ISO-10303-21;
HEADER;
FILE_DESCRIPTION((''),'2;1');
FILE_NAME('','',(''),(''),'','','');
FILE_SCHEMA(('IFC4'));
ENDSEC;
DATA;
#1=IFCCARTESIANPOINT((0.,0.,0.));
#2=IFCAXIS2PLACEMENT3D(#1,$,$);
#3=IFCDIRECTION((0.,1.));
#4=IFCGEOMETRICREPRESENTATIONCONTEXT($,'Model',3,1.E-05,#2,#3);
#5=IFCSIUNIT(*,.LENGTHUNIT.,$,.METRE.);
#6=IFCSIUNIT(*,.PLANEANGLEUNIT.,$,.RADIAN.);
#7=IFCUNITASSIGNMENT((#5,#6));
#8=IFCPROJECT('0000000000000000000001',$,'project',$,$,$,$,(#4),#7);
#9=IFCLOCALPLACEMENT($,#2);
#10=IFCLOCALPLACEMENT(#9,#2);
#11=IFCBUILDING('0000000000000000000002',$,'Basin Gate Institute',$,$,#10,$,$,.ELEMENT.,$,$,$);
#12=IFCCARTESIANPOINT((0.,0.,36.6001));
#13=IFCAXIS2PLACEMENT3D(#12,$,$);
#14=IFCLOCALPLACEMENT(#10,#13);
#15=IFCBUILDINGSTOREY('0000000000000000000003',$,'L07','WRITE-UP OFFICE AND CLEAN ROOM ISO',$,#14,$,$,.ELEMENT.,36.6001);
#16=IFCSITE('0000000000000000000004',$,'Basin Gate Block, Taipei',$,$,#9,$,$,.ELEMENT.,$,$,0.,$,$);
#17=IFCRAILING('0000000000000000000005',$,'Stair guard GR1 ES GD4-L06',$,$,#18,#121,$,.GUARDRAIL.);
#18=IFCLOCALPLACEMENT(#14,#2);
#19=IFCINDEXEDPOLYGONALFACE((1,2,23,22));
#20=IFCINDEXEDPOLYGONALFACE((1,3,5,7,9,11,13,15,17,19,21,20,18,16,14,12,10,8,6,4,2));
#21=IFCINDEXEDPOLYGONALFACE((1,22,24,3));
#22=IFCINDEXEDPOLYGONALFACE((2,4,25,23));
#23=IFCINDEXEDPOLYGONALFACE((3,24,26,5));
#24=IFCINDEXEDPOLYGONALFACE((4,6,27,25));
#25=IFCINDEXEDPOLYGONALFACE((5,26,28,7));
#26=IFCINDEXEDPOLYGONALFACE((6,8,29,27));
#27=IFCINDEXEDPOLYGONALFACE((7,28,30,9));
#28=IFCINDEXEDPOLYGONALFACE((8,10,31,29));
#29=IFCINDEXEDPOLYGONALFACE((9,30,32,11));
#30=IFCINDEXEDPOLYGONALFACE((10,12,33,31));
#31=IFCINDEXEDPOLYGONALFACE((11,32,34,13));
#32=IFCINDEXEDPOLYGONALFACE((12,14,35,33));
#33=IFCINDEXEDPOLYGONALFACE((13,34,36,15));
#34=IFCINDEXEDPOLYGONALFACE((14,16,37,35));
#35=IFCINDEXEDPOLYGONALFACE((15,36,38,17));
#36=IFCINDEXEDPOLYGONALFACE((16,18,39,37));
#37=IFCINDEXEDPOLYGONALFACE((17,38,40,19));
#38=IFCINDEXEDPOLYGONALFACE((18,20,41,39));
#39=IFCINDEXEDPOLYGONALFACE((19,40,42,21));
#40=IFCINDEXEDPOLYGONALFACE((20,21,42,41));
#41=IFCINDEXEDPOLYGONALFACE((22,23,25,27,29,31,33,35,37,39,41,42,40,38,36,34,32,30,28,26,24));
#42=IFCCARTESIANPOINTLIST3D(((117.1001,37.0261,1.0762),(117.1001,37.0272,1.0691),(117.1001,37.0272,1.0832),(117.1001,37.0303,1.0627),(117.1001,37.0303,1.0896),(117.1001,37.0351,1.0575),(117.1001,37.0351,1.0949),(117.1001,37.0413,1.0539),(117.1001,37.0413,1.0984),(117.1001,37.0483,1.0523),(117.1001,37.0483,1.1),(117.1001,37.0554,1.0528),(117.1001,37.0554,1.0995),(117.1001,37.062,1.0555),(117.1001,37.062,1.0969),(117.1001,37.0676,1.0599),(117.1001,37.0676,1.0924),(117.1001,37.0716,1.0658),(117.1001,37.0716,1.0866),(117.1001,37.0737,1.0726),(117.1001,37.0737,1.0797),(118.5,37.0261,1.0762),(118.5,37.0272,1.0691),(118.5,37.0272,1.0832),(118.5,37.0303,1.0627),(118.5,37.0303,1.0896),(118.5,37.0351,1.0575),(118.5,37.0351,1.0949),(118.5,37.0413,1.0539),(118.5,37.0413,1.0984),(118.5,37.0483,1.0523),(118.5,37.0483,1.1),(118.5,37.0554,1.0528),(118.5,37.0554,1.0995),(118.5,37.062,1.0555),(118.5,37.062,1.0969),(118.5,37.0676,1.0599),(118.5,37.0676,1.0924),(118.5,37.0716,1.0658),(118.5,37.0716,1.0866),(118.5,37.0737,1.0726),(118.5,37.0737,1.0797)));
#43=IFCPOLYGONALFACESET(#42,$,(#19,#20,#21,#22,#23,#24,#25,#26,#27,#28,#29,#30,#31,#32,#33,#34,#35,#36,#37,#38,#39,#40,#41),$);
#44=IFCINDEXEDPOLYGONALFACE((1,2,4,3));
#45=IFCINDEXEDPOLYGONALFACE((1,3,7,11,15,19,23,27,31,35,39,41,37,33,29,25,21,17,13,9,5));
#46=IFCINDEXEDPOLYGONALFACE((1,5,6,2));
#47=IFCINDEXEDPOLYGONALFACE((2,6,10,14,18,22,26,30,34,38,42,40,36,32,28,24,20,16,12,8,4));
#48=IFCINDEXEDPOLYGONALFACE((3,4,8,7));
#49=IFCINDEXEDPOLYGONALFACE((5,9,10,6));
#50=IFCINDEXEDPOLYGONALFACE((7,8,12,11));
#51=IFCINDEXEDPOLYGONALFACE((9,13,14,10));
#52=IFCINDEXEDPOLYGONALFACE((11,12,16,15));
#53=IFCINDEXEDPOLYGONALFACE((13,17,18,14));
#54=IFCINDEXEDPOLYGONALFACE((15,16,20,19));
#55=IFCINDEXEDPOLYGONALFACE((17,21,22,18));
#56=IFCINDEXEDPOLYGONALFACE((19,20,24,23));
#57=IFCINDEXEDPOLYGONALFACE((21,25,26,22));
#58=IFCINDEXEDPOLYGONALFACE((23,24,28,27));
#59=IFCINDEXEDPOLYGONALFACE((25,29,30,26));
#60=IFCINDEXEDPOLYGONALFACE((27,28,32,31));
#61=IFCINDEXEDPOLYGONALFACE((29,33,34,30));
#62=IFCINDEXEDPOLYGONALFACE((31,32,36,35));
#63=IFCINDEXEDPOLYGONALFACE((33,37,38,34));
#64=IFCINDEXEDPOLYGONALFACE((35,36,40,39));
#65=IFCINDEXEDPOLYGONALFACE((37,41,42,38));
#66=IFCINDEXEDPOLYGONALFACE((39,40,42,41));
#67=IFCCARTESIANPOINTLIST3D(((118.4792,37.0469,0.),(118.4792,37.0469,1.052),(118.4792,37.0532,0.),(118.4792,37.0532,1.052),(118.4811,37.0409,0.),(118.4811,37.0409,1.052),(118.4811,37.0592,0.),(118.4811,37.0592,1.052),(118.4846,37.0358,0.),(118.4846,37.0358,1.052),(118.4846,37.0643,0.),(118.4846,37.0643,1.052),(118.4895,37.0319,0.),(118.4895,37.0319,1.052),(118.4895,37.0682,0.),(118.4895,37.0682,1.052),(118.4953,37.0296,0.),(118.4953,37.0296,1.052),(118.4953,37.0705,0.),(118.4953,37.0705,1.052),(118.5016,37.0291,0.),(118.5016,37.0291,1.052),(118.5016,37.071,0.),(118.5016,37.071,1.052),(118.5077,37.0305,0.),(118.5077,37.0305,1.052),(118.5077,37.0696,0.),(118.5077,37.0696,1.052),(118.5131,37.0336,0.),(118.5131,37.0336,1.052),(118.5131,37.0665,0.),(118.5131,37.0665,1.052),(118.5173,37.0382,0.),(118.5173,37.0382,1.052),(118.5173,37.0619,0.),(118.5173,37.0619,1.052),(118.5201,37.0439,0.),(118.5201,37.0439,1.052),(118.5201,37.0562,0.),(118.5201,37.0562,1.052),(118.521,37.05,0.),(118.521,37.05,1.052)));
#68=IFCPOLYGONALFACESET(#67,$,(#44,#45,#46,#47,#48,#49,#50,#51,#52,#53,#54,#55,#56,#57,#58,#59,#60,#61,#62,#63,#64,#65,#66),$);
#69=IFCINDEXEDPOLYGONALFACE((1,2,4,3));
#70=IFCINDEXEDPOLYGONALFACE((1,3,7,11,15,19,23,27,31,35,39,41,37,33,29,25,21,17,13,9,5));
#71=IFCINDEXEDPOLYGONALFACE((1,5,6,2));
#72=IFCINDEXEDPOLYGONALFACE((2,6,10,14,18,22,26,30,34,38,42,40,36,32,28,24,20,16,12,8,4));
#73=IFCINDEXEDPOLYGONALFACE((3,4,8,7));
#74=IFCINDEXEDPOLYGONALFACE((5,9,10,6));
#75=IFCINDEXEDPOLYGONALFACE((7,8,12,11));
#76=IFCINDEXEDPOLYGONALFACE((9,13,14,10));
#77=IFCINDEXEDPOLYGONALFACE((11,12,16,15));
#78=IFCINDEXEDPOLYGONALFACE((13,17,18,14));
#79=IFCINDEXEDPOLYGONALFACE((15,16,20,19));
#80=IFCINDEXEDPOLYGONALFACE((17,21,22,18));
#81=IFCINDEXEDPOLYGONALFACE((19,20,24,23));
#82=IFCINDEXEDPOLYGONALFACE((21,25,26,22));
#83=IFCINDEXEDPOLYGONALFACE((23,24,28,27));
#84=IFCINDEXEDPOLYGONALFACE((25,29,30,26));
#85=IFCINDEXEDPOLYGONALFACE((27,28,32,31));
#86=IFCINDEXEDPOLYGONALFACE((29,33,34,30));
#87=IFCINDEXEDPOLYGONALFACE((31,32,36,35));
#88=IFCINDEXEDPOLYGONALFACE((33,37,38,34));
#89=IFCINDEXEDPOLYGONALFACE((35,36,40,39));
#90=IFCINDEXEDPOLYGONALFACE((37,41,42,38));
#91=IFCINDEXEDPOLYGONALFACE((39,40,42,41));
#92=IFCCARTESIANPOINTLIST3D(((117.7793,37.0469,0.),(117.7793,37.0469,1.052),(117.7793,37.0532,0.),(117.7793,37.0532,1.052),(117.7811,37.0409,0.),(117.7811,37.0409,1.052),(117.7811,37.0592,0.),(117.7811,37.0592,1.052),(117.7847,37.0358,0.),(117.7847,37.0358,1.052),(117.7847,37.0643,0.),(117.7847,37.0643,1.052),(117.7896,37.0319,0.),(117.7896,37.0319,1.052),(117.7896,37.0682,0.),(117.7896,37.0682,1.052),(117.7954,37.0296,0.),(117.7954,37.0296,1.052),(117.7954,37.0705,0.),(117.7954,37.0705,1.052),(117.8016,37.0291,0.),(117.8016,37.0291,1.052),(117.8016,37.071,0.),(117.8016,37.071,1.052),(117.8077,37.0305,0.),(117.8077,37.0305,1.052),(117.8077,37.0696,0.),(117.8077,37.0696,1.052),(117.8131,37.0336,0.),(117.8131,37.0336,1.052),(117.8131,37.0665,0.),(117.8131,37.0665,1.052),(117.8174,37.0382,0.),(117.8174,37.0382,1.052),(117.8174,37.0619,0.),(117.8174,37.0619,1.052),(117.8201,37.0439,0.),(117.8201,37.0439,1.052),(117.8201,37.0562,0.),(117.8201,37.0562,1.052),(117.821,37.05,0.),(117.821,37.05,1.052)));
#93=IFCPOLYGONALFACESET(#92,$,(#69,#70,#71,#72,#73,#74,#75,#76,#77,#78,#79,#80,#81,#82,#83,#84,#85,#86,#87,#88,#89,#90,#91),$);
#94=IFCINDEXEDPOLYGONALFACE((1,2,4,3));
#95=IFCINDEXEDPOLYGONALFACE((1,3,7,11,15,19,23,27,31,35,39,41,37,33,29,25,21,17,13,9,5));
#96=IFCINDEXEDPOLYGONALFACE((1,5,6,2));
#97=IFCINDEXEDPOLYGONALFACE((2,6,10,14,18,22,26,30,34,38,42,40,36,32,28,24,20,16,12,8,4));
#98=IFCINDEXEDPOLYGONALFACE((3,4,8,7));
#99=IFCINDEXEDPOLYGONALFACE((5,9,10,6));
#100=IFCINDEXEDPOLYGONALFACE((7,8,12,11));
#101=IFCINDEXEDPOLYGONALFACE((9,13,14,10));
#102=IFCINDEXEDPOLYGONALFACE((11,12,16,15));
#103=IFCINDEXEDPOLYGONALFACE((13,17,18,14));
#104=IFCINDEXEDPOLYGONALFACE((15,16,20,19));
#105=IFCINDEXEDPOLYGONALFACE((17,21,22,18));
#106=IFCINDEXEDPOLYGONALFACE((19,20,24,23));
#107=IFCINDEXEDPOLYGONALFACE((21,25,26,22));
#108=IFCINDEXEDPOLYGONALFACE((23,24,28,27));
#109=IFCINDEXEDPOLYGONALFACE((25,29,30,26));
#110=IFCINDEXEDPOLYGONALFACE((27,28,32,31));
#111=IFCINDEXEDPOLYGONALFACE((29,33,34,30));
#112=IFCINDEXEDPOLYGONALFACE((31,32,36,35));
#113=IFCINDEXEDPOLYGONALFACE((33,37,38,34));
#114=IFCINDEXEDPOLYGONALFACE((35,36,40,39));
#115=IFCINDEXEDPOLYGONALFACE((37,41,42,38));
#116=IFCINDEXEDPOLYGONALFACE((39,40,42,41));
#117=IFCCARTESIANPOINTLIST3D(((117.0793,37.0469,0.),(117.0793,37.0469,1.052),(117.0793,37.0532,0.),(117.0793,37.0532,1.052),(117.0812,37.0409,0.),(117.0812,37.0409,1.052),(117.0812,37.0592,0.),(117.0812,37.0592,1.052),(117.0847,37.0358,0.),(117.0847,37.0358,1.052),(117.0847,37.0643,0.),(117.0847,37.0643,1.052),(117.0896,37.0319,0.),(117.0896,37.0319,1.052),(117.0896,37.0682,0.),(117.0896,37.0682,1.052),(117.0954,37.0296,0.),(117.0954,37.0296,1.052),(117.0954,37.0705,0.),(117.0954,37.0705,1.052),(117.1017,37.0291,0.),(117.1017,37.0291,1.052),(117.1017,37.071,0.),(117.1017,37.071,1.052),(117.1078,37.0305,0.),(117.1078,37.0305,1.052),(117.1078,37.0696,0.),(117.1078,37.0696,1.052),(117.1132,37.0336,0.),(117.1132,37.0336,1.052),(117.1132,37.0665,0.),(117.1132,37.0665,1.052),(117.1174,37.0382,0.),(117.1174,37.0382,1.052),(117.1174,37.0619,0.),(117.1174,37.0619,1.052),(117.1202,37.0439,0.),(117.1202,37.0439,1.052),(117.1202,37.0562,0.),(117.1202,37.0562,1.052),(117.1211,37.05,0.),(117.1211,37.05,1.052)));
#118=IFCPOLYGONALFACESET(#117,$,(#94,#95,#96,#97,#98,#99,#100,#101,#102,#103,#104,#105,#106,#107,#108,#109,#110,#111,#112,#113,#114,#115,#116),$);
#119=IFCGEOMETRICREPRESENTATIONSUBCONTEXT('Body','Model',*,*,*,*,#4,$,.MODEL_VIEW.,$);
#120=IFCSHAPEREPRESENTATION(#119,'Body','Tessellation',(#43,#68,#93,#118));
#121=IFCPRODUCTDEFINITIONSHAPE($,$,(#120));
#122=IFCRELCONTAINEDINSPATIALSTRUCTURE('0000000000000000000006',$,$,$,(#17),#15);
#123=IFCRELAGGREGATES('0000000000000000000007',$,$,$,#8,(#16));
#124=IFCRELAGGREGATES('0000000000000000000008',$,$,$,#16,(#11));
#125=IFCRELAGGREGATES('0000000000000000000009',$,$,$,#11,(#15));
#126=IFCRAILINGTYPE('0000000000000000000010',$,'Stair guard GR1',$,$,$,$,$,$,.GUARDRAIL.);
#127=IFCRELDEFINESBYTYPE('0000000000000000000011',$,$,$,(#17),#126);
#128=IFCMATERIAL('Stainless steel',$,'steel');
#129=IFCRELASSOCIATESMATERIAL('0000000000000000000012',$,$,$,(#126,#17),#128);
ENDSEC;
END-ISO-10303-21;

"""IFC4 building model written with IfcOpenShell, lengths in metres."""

from ifc_helpers import new_model, si_unit, direction, frame, origin, origin_2d, place, context, subcontext, project, spatial, circle, extrude, material, type_object, element, save


model = new_model("IFC4")

# Units and contexts
model_context = context("Model", 3, precision=1e-05, world=origin(), true_north=direction((0.0, 1.0)))
body_context = subcontext(model_context, "Body", "Model", "MODEL_VIEW")
ifc_project = project(units=[si_unit("LENGTHUNIT", "METRE"), si_unit("PLANEANGLEUNIT", "RADIAN")], contexts=[model_context])

# Site, building, storey
site_placement = place(None, origin())
site = spatial("IfcSite", under=ifc_project, at=site_placement, Name="Basin Gate Block, Taipei", CompositionType="ELEMENT", RefElevation=0.0)
building_placement = place(site_placement, origin())
building = spatial("IfcBuilding", under=site, at=building_placement, Name="Basin Gate Institute", CompositionType="ELEMENT")
storey_placement = place(building_placement, frame((0.0, 0.0, 36.6001)))
storey = spatial("IfcBuildingStorey", under=building, at=storey_placement, Name="L07", Description="WRITE-UP OFFICE AND CLEAN ROOM ISO", CompositionType="ELEMENT", Elevation=36.6001)

# Railing
ifc_material_1 = material(Name="Stainless steel", Category="steel")
railing_type_1 = type_object("IfcRailingType", Name="Stair guard GR1", PredefinedType="GUARDRAIL", material=ifc_material_1)
railing_1_placement = place(storey_placement, frame((118.5, 37.05, 0.0)))
element("IfcRailing", 1, at=railing_1_placement, inside=storey, type_object=railing_type_1, material=ifc_material_1, Name="Stair guard GR1 ES GD4-L06", PredefinedType="GUARDRAIL", context=body_context, shape_type="SweptSolid", body=[
    extrude(circle(Radius=0.0239, at=origin_2d()), frame((0.0, 0.0, 1.0762), z_axis=(-1.0, 0.0, 0.0), x_axis=(0.0, -1.0, 0.0)), (0.0, 0.0, 1.0), 1.3999),
    extrude(circle(Radius=0.021, at=origin_2d()), origin(), (0.0, 0.0, 1.0), 1.052),
    extrude(circle(Radius=0.021, at=origin_2d()), frame((-0.7, 0.0, 0.0)), (0.0, 0.0, 1.0), 1.052),
    extrude(circle(Radius=0.021, at=origin_2d()), frame((-1.3999, 0.0, 0.0)), (0.0, 0.0, 1.0), 1.052),
])

save(model, "model.ifc")
